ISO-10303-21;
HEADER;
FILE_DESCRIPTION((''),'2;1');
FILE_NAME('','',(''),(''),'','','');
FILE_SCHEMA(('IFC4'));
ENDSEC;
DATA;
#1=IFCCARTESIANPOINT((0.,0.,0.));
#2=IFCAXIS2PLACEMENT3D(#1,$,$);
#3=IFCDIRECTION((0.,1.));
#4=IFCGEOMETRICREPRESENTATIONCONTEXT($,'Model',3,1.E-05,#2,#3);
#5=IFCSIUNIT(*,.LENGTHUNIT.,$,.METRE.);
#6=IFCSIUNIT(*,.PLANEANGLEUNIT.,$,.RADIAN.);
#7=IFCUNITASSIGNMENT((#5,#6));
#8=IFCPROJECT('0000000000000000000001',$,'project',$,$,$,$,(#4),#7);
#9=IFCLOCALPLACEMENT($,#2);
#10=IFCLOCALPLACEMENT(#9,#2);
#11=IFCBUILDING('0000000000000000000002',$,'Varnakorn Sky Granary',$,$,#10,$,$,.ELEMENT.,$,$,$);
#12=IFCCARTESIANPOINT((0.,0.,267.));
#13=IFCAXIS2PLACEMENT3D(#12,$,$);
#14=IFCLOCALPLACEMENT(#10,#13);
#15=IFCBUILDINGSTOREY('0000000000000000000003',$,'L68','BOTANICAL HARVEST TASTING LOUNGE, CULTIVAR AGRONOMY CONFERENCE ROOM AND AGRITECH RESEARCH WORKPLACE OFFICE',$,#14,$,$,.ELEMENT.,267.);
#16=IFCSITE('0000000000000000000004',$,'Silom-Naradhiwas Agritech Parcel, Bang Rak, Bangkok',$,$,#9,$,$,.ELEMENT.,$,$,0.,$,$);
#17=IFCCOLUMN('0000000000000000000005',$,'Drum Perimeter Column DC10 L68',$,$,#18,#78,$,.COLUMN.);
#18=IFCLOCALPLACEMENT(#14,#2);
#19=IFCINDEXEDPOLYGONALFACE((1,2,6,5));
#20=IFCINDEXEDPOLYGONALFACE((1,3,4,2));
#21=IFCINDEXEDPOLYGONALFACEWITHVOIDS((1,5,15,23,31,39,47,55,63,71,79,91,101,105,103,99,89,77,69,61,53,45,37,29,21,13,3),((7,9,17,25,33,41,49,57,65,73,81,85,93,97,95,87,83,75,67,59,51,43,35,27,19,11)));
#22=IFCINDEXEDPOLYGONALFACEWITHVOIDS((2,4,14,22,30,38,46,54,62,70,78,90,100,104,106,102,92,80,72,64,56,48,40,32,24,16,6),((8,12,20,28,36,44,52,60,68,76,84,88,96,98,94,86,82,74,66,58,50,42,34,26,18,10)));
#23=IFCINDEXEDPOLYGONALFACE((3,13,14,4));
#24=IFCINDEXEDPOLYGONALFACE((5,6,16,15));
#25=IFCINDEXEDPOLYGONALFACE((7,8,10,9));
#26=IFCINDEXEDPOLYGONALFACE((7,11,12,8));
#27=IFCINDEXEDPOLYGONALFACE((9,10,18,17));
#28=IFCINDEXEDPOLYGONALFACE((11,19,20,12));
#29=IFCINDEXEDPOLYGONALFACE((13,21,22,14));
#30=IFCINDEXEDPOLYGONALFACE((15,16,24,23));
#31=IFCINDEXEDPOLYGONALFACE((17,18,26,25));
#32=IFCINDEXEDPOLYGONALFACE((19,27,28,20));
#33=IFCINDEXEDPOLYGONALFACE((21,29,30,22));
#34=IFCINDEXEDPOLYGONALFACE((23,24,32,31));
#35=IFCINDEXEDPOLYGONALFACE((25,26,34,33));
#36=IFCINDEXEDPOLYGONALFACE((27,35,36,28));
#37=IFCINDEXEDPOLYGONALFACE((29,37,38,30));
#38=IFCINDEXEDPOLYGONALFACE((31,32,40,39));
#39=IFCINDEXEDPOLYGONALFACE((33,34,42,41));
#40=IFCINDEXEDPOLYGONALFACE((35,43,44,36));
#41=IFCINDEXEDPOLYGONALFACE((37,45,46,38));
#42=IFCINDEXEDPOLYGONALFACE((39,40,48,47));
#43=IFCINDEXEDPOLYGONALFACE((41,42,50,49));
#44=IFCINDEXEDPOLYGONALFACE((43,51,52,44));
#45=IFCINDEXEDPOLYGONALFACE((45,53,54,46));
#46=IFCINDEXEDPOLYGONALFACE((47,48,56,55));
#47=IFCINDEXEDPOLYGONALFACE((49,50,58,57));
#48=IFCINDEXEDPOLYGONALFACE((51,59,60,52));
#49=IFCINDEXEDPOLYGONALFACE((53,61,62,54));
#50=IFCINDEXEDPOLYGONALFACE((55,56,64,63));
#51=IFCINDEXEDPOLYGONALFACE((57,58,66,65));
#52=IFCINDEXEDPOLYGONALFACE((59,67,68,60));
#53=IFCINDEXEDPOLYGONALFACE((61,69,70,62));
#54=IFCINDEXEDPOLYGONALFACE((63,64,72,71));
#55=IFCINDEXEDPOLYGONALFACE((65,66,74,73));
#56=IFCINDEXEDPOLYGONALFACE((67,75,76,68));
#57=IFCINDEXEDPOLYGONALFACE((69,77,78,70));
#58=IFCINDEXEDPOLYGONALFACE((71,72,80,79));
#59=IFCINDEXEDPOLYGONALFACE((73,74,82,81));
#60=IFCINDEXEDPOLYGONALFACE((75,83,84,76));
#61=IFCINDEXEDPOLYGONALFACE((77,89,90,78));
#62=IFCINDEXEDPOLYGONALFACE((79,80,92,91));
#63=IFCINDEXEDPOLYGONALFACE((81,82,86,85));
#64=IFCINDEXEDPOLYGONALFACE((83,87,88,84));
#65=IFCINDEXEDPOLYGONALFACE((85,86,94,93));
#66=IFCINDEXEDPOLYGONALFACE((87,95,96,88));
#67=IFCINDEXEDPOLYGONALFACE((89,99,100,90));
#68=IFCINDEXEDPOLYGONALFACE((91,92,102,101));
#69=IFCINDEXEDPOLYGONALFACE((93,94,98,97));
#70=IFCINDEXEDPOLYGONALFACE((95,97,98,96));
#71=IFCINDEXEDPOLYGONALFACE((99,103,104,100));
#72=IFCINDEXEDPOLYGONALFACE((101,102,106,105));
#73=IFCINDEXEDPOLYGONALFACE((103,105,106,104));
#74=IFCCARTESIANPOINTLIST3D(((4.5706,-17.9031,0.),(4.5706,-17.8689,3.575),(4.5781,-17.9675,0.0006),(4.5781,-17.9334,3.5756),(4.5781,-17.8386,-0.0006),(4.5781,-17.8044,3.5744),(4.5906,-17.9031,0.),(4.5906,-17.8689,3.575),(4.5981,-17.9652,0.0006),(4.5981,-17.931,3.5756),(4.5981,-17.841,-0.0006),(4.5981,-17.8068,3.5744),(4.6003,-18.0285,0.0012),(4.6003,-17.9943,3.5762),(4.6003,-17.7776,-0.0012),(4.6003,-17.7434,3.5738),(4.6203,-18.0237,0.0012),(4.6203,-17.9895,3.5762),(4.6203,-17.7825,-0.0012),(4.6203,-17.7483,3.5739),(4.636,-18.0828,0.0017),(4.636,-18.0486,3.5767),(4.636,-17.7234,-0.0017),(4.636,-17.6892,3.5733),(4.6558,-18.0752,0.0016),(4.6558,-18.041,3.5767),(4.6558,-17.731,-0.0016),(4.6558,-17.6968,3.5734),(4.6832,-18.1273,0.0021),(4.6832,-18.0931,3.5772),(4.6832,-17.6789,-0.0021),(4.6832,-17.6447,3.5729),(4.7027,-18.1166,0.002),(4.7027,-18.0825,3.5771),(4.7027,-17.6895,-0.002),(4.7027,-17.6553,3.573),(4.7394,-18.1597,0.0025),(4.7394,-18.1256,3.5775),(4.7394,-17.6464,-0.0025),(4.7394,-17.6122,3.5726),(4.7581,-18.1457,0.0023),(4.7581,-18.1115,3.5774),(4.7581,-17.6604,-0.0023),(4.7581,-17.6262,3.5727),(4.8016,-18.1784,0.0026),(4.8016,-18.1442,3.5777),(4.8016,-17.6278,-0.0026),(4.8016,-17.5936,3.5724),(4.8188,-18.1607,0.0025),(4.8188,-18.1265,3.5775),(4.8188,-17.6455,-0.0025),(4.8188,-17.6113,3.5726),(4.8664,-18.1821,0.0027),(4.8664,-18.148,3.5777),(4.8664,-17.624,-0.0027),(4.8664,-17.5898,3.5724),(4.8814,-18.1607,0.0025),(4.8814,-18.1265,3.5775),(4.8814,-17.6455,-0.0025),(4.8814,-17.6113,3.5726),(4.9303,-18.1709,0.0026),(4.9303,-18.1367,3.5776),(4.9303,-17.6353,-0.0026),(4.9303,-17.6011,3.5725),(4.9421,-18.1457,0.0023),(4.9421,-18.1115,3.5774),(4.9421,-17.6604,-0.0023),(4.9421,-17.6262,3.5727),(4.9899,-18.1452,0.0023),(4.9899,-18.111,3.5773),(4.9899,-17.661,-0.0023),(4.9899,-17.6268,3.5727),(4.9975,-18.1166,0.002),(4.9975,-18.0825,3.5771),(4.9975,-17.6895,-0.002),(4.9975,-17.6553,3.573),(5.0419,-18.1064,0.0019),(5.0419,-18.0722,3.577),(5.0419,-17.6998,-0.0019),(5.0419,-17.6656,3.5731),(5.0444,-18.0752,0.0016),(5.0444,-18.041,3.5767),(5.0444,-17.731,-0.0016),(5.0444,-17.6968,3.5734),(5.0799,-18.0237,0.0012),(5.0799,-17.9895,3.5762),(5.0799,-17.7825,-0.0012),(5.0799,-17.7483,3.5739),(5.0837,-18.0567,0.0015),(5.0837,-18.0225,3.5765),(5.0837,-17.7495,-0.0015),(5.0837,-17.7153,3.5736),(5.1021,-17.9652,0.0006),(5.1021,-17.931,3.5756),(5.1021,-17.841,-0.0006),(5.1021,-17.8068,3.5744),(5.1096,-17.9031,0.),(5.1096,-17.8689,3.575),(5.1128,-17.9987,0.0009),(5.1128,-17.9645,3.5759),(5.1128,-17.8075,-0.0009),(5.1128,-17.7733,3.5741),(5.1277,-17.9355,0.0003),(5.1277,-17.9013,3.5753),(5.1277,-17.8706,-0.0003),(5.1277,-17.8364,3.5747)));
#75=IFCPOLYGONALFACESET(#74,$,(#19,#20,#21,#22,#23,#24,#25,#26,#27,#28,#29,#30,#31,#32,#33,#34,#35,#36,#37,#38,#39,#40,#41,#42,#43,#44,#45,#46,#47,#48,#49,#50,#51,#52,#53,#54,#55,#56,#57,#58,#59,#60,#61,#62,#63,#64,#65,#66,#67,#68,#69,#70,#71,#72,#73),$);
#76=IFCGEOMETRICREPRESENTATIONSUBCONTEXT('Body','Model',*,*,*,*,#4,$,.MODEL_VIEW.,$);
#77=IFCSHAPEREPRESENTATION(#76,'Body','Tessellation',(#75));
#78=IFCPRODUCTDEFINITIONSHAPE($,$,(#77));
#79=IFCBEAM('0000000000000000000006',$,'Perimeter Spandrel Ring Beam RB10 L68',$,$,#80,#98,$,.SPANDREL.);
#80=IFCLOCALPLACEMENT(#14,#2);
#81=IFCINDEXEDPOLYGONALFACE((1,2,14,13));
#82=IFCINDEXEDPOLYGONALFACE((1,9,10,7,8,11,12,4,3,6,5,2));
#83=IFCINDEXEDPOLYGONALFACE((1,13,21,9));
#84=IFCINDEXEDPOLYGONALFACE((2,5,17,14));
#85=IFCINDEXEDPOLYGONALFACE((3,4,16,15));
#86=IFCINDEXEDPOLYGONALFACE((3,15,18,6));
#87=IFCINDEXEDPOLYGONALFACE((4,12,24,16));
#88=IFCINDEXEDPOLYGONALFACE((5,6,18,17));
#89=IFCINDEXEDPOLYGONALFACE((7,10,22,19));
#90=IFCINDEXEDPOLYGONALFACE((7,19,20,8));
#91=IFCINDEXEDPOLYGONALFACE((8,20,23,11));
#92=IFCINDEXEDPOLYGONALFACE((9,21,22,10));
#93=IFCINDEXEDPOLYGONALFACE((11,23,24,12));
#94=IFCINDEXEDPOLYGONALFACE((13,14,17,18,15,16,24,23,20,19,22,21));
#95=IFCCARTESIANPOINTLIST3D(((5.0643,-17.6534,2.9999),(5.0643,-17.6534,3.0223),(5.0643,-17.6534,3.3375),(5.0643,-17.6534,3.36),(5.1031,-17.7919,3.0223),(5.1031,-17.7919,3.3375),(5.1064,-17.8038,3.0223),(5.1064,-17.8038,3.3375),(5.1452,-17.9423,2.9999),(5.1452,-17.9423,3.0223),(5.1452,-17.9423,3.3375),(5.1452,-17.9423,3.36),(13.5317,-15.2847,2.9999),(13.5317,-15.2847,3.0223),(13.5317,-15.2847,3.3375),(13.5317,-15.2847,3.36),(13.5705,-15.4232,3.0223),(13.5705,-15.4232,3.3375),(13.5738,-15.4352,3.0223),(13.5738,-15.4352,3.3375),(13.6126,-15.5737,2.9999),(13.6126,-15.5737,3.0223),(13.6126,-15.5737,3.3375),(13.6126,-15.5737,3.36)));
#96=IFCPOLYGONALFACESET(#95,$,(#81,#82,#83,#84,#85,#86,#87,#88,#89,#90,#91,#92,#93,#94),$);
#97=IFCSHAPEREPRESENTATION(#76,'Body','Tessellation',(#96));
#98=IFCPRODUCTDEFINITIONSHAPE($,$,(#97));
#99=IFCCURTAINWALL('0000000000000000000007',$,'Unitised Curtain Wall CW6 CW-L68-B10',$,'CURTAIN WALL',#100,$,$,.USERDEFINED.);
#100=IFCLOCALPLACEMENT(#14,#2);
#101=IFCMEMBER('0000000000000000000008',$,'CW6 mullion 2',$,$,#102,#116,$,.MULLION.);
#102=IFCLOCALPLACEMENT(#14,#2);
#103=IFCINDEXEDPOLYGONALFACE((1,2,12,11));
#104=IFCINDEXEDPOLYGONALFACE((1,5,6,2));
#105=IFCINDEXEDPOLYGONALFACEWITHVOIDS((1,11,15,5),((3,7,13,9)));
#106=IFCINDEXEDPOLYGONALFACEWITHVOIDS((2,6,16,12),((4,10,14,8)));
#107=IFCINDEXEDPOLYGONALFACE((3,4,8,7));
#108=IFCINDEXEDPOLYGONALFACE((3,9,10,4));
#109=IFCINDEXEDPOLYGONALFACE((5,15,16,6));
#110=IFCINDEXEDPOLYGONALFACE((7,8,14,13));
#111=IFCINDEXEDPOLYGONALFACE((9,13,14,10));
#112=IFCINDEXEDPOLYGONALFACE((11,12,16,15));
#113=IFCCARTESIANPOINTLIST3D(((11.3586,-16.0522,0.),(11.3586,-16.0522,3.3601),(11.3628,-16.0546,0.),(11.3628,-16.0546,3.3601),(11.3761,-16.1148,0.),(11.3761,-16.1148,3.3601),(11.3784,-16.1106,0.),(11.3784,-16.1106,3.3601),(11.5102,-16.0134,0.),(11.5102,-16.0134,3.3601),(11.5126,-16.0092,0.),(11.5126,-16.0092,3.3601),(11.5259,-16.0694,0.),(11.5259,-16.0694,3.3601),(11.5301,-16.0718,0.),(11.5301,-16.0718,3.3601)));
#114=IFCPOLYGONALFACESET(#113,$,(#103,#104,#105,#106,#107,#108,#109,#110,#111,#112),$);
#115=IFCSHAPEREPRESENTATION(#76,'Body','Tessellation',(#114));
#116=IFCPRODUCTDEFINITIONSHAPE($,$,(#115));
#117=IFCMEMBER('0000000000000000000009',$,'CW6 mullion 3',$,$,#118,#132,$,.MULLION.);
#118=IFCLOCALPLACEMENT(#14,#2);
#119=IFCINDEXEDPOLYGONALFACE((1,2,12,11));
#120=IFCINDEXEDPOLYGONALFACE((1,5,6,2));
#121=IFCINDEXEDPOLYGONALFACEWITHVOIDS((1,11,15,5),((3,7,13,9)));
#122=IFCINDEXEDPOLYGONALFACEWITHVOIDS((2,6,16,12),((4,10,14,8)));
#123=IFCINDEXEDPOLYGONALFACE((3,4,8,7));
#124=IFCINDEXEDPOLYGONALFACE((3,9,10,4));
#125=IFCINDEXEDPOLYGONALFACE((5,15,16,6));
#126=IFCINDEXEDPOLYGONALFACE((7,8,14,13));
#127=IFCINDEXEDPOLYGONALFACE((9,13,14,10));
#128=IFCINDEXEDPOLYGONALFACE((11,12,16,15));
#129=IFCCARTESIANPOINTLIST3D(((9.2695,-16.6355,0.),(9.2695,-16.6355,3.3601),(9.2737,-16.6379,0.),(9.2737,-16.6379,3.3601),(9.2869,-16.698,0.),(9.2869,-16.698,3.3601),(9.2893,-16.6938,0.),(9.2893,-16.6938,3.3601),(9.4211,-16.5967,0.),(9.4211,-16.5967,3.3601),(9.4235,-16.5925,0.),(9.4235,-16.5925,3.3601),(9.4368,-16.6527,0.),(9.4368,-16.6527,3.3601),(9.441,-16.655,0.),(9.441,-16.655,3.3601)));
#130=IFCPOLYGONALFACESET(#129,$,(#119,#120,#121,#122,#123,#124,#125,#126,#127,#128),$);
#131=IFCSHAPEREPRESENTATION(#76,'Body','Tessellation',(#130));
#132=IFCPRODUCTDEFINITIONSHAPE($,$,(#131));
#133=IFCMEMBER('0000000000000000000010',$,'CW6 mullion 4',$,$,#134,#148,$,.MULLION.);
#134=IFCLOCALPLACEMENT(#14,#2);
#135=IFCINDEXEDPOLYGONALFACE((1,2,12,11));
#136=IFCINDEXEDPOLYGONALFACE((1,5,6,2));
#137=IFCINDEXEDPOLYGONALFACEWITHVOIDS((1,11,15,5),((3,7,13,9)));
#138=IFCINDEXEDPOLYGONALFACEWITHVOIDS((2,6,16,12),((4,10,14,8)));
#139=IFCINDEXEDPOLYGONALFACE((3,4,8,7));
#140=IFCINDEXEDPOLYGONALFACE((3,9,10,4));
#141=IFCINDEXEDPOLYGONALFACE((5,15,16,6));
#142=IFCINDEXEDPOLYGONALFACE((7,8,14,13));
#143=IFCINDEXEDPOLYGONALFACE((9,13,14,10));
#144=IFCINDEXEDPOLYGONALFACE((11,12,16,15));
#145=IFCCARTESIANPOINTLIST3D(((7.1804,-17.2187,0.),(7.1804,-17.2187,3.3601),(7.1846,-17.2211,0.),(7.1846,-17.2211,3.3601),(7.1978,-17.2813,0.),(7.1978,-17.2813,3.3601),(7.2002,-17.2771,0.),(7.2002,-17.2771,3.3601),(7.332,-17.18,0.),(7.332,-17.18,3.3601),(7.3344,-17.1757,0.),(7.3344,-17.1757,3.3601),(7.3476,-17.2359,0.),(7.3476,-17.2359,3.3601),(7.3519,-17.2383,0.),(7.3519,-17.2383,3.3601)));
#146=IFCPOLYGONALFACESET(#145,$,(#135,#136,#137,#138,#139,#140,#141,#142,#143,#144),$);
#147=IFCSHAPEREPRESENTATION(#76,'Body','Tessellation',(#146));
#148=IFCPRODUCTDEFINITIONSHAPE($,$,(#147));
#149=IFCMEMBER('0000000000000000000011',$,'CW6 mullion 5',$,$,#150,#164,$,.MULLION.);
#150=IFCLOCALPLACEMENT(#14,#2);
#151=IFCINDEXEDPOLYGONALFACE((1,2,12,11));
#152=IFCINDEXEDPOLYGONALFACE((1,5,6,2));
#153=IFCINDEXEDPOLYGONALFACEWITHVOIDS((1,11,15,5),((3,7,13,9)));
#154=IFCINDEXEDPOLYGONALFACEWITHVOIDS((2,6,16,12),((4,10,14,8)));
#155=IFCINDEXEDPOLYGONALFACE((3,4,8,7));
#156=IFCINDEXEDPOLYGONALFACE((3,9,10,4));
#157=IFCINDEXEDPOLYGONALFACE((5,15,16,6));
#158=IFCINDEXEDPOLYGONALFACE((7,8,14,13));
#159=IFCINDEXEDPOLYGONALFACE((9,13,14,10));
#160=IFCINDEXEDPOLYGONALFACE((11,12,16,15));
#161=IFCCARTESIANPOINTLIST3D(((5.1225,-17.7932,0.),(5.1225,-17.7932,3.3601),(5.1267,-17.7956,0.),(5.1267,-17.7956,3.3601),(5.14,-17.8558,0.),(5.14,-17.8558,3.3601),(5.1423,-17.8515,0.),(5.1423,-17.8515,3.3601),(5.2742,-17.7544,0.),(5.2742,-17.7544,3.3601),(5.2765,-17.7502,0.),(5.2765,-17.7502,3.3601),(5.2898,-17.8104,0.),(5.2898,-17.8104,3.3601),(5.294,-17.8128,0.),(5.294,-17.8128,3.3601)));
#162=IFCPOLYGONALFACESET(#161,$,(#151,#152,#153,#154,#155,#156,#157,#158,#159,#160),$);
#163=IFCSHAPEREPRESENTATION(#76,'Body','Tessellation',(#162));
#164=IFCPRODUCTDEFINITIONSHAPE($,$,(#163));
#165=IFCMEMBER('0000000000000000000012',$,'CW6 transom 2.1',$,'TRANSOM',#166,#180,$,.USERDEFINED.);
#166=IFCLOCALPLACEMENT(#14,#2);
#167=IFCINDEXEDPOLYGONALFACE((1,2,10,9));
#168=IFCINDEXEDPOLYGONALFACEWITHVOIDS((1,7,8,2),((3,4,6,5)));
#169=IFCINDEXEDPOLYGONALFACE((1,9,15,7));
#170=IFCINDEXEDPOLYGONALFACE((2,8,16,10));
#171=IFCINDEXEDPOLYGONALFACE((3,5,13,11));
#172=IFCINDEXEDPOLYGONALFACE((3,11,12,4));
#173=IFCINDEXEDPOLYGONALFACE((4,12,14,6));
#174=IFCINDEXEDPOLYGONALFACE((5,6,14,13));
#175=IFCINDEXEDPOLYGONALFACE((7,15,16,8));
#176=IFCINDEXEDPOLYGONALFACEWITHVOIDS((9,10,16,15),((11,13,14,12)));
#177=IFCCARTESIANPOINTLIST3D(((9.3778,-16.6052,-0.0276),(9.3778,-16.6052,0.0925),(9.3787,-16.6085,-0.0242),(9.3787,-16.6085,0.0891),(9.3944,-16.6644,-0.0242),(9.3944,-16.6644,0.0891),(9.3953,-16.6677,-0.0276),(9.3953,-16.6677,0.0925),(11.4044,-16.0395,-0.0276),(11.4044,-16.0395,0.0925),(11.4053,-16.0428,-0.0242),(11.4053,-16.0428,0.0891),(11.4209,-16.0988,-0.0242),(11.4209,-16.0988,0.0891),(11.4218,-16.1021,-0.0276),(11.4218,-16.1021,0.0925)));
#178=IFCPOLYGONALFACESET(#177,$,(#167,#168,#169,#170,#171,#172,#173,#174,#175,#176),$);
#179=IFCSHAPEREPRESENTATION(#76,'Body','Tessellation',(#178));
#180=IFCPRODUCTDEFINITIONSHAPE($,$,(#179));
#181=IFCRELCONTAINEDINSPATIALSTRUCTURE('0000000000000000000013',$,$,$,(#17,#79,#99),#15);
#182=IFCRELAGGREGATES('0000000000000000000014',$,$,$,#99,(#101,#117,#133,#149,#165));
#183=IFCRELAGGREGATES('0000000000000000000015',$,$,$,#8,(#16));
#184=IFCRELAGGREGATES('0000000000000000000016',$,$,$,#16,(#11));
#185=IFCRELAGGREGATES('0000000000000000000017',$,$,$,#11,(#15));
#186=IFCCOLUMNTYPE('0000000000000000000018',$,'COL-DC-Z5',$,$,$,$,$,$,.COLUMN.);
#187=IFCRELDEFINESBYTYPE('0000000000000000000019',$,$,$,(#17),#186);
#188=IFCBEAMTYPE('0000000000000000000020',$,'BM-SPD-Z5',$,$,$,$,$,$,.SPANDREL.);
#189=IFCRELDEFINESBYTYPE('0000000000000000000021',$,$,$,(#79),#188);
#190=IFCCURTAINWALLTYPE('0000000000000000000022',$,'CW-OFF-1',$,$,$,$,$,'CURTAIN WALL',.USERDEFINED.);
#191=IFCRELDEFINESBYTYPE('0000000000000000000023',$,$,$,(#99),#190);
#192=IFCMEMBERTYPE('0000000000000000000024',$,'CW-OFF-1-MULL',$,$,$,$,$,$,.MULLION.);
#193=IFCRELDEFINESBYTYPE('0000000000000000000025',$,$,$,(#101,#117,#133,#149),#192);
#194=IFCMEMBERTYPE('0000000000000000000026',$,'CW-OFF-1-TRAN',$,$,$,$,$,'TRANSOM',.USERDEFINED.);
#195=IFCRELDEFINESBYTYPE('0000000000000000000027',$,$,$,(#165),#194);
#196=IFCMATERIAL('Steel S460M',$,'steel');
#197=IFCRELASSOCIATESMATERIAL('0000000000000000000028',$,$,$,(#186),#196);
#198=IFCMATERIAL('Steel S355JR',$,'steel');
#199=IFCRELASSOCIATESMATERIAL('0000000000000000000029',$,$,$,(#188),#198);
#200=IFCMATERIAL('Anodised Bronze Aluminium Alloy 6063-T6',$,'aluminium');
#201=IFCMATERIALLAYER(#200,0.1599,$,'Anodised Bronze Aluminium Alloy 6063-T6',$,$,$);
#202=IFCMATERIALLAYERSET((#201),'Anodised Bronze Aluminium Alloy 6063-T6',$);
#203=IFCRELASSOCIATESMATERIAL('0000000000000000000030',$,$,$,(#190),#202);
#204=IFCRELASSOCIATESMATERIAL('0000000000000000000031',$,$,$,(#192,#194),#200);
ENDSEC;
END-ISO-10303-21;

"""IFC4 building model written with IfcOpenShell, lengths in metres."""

from ifc_helpers import new_model, si_unit, direction, frame, origin, origin_2d, place, context, subcontext, project, spatial, hollow_rectangle, hollow_circle, i_section, extrude, material, layer, layer_set, material_profile, profile_set, type_object, element, aggregate, save


model = new_model("IFC4")

# Units and contexts
model_context = context("Model", 3, precision=1e-05, world=origin(), true_north=direction((0.0, 1.0)))
body_context = subcontext(model_context, "Body", "Model", "MODEL_VIEW")
ifc_project = project(units=[si_unit("LENGTHUNIT", "METRE"), si_unit("PLANEANGLEUNIT", "RADIAN")], contexts=[model_context])

# Site, building, storey
site_placement = place(None, origin())
site = spatial("IfcSite", under=ifc_project, at=site_placement, Name="Silom-Naradhiwas Agritech Parcel, Bang Rak, Bangkok", CompositionType="ELEMENT", RefElevation=0.0)
building_placement = place(site_placement, origin())
building = spatial("IfcBuilding", under=site, at=building_placement, Name="Varnakorn Sky Granary", CompositionType="ELEMENT")
storey_placement = place(building_placement, frame((0.0, 0.0, 267.0)))
storey = spatial("IfcBuildingStorey", under=building, at=storey_placement, Name="L68", Description="BOTANICAL HARVEST TASTING LOUNGE, CULTIVAR AGRONOMY CONFERENCE ROOM AND AGRITECH RESEARCH WORKPLACE OFFICE", CompositionType="ELEMENT", Elevation=267.0)

# Column
ifc_material_1 = material(Name="Steel S460M", Category="steel")
ifc_material_profile_1 = material_profile(ifc_material_1, hollow_circle(Radius=0.2795, WallThickness=0.02, at=origin_2d()), Name="CHS 559x20")
ifc_profile_set_1 = profile_set([ifc_material_profile_1], Name="Steel S460M")
column_type = type_object("IfcColumnType", Name="COL-DC-Z5", PredefinedType="COLUMN", material=ifc_profile_set_1)
column_placement = place(storey_placement, frame((4.8501, -17.9031, 0.0), z_axis=(0.0, 0.00956, 0.999954), x_axis=(-1.0, 0.0, 0.0)))
element("IfcColumn", 1, at=column_placement, inside=storey, type_object=column_type, Name="Drum Perimeter Column DC10 L68", PredefinedType="COLUMN", context=body_context, shape_type="SweptSolid", body=[
    extrude(hollow_circle(Radius=0.2795, WallThickness=0.02, at=origin_2d()), origin(), (0.0, 0.0, 1.0), 3.5752),
])

# Beam
ifc_material_2 = material(Name="Steel S355JR", Category="steel")
ifc_material_profile_2 = material_profile(ifc_material_2, i_section(OverallWidth=0.3, OverallDepth=0.3601, WebThickness=0.0125, FlangeThickness=0.0225, at=origin_2d()), Name="HE 360 B")
ifc_profile_set_2 = profile_set([ifc_material_profile_2], Name="Steel S355JR")
beam_type = type_object("IfcBeamType", Name="BM-SPD-Z5", PredefinedType="SPANDREL", material=ifc_profile_set_2)
beam_placement = place(storey_placement, frame((5.1047, -17.7979, 3.1799), z_axis=(0.963031, 0.269392, 0.0), x_axis=(-0.269392, 0.963031, 0.0)))
element("IfcBeam", 2, at=beam_placement, inside=storey, type_object=beam_type, Name="Perimeter Spandrel Ring Beam RB10 L68", PredefinedType="SPANDREL", context=body_context, shape_type="SweptSolid", body=[
    extrude(i_section(OverallWidth=0.3, OverallDepth=0.3601, WebThickness=0.0125, FlangeThickness=0.0225, at=origin_2d()), origin(), (0.0, 0.0, 1.0), 8.7925),
])

# Curtain wall, members
ifc_material_3 = material(Name="Anodised Bronze Aluminium Alloy 6063-T6", Category="aluminium")
ifc_layer_1 = layer(ifc_material_3, 0.1599, Name="Anodised Bronze Aluminium Alloy 6063-T6")
ifc_layer_set_1 = layer_set([ifc_layer_1], Name="Anodised Bronze Aluminium Alloy 6063-T6")
curtain_wall_type = type_object("IfcCurtainWallType", Name="CW-OFF-1", ElementType="CURTAIN WALL", PredefinedType="USERDEFINED", material=ifc_layer_set_1)
curtain_wall_placement = place(storey_placement, origin())
curtain_wall = element("IfcCurtainWall", 3, at=curtain_wall_placement, inside=storey, type_object=curtain_wall_type, Name="Unitised Curtain Wall CW6 CW-L68-B10", ObjectType="CURTAIN WALL", PredefinedType="USERDEFINED")
ifc_material_profile_3 = material_profile(ifc_material_3, hollow_rectangle(XDim=0.0649, YDim=0.1599, WallThickness=0.0034, at=origin_2d()), Name="ALU MULL 65x160")
ifc_profile_set_3 = profile_set([ifc_material_profile_3], Name="Anodised Bronze Aluminium Alloy 6063-T6")
member_type_1 = type_object("IfcMemberType", Name="CW-OFF-1-MULL", PredefinedType="MULLION", material=ifc_profile_set_3)
member_1_placement = place(storey_placement, frame((11.4443, -16.062, 0.0), z_axis=(0.0, 0.0, 1.0), x_axis=(0.26889, -0.963171, 0.0)))
member_1 = element("IfcMember", 4, at=member_1_placement, type_object=member_type_1, Name="CW6 mullion 2", PredefinedType="MULLION", context=body_context, shape_type="SweptSolid", body=[
    extrude(hollow_rectangle(XDim=0.0649, YDim=0.1599, WallThickness=0.0034, at=origin_2d()), origin(), (0.0, 0.0, 1.0), 3.3601),
])
member_2_placement = place(storey_placement, frame((9.3552, -16.6453, 0.0), z_axis=(0.0, 0.0, 1.0), x_axis=(0.26889, -0.963171, 0.0)))
member_2 = element("IfcMember", 5, at=member_2_placement, type_object=member_type_1, Name="CW6 mullion 3", PredefinedType="MULLION", context=body_context, shape_type="SweptSolid", body=[
    extrude(hollow_rectangle(XDim=0.0649, YDim=0.1599, WallThickness=0.0034, at=origin_2d()), origin(), (0.0, 0.0, 1.0), 3.3601),
])
member_3_placement = place(storey_placement, frame((7.2661, -17.2285, 0.0), z_axis=(0.0, 0.0, 1.0), x_axis=(0.26889, -0.963171, 0.0)))
member_3 = element("IfcMember", 6, at=member_3_placement, type_object=member_type_1, Name="CW6 mullion 4", PredefinedType="MULLION", context=body_context, shape_type="SweptSolid", body=[
    extrude(hollow_rectangle(XDim=0.0649, YDim=0.1599, WallThickness=0.0034, at=origin_2d()), origin(), (0.0, 0.0, 1.0), 3.3601),
])
member_4_placement = place(storey_placement, frame((5.2083, -17.803, 0.0), z_axis=(0.0, 0.0, 1.0), x_axis=(0.26889, -0.963171, 0.0)))
member_4 = element("IfcMember", 7, at=member_4_placement, type_object=member_type_1, Name="CW6 mullion 5", PredefinedType="MULLION", context=body_context, shape_type="SweptSolid", body=[
    extrude(hollow_rectangle(XDim=0.0649, YDim=0.1599, WallThickness=0.0034, at=origin_2d()), origin(), (0.0, 0.0, 1.0), 3.3601),
])
ifc_material_profile_4 = material_profile(ifc_material_3, hollow_rectangle(XDim=0.0649, YDim=0.1201, WallThickness=0.0034, at=origin_2d()), Name="ALU TRAN 65x120")
ifc_profile_set_4 = profile_set([ifc_material_profile_4], Name="Anodised Bronze Aluminium Alloy 6063-T6")
member_type_2 = type_object("IfcMemberType", Name="CW-OFF-1-TRAN", ElementType="TRANSOM", PredefinedType="USERDEFINED", material=ifc_profile_set_4)
member_5_placement = place(storey_placement, frame((11.4131, -16.0708, 0.0325), z_axis=(-0.963183, -0.268847, 0.0), x_axis=(0.268847, -0.963183, 0.0)))
member_5 = element("IfcMember", 8, at=member_5_placement, type_object=member_type_2, Name="CW6 transom 2.1", ObjectType="TRANSOM", PredefinedType="USERDEFINED", context=body_context, shape_type="SweptSolid", body=[
    extrude(hollow_rectangle(XDim=0.0649, YDim=0.1201, WallThickness=0.0034, at=origin_2d()), origin(), (0.0, 0.0, 1.0), 2.104),
])

aggregate(curtain_wall, [member_1, member_2, member_3, member_4, member_5])

save(model, "model.ifc")
